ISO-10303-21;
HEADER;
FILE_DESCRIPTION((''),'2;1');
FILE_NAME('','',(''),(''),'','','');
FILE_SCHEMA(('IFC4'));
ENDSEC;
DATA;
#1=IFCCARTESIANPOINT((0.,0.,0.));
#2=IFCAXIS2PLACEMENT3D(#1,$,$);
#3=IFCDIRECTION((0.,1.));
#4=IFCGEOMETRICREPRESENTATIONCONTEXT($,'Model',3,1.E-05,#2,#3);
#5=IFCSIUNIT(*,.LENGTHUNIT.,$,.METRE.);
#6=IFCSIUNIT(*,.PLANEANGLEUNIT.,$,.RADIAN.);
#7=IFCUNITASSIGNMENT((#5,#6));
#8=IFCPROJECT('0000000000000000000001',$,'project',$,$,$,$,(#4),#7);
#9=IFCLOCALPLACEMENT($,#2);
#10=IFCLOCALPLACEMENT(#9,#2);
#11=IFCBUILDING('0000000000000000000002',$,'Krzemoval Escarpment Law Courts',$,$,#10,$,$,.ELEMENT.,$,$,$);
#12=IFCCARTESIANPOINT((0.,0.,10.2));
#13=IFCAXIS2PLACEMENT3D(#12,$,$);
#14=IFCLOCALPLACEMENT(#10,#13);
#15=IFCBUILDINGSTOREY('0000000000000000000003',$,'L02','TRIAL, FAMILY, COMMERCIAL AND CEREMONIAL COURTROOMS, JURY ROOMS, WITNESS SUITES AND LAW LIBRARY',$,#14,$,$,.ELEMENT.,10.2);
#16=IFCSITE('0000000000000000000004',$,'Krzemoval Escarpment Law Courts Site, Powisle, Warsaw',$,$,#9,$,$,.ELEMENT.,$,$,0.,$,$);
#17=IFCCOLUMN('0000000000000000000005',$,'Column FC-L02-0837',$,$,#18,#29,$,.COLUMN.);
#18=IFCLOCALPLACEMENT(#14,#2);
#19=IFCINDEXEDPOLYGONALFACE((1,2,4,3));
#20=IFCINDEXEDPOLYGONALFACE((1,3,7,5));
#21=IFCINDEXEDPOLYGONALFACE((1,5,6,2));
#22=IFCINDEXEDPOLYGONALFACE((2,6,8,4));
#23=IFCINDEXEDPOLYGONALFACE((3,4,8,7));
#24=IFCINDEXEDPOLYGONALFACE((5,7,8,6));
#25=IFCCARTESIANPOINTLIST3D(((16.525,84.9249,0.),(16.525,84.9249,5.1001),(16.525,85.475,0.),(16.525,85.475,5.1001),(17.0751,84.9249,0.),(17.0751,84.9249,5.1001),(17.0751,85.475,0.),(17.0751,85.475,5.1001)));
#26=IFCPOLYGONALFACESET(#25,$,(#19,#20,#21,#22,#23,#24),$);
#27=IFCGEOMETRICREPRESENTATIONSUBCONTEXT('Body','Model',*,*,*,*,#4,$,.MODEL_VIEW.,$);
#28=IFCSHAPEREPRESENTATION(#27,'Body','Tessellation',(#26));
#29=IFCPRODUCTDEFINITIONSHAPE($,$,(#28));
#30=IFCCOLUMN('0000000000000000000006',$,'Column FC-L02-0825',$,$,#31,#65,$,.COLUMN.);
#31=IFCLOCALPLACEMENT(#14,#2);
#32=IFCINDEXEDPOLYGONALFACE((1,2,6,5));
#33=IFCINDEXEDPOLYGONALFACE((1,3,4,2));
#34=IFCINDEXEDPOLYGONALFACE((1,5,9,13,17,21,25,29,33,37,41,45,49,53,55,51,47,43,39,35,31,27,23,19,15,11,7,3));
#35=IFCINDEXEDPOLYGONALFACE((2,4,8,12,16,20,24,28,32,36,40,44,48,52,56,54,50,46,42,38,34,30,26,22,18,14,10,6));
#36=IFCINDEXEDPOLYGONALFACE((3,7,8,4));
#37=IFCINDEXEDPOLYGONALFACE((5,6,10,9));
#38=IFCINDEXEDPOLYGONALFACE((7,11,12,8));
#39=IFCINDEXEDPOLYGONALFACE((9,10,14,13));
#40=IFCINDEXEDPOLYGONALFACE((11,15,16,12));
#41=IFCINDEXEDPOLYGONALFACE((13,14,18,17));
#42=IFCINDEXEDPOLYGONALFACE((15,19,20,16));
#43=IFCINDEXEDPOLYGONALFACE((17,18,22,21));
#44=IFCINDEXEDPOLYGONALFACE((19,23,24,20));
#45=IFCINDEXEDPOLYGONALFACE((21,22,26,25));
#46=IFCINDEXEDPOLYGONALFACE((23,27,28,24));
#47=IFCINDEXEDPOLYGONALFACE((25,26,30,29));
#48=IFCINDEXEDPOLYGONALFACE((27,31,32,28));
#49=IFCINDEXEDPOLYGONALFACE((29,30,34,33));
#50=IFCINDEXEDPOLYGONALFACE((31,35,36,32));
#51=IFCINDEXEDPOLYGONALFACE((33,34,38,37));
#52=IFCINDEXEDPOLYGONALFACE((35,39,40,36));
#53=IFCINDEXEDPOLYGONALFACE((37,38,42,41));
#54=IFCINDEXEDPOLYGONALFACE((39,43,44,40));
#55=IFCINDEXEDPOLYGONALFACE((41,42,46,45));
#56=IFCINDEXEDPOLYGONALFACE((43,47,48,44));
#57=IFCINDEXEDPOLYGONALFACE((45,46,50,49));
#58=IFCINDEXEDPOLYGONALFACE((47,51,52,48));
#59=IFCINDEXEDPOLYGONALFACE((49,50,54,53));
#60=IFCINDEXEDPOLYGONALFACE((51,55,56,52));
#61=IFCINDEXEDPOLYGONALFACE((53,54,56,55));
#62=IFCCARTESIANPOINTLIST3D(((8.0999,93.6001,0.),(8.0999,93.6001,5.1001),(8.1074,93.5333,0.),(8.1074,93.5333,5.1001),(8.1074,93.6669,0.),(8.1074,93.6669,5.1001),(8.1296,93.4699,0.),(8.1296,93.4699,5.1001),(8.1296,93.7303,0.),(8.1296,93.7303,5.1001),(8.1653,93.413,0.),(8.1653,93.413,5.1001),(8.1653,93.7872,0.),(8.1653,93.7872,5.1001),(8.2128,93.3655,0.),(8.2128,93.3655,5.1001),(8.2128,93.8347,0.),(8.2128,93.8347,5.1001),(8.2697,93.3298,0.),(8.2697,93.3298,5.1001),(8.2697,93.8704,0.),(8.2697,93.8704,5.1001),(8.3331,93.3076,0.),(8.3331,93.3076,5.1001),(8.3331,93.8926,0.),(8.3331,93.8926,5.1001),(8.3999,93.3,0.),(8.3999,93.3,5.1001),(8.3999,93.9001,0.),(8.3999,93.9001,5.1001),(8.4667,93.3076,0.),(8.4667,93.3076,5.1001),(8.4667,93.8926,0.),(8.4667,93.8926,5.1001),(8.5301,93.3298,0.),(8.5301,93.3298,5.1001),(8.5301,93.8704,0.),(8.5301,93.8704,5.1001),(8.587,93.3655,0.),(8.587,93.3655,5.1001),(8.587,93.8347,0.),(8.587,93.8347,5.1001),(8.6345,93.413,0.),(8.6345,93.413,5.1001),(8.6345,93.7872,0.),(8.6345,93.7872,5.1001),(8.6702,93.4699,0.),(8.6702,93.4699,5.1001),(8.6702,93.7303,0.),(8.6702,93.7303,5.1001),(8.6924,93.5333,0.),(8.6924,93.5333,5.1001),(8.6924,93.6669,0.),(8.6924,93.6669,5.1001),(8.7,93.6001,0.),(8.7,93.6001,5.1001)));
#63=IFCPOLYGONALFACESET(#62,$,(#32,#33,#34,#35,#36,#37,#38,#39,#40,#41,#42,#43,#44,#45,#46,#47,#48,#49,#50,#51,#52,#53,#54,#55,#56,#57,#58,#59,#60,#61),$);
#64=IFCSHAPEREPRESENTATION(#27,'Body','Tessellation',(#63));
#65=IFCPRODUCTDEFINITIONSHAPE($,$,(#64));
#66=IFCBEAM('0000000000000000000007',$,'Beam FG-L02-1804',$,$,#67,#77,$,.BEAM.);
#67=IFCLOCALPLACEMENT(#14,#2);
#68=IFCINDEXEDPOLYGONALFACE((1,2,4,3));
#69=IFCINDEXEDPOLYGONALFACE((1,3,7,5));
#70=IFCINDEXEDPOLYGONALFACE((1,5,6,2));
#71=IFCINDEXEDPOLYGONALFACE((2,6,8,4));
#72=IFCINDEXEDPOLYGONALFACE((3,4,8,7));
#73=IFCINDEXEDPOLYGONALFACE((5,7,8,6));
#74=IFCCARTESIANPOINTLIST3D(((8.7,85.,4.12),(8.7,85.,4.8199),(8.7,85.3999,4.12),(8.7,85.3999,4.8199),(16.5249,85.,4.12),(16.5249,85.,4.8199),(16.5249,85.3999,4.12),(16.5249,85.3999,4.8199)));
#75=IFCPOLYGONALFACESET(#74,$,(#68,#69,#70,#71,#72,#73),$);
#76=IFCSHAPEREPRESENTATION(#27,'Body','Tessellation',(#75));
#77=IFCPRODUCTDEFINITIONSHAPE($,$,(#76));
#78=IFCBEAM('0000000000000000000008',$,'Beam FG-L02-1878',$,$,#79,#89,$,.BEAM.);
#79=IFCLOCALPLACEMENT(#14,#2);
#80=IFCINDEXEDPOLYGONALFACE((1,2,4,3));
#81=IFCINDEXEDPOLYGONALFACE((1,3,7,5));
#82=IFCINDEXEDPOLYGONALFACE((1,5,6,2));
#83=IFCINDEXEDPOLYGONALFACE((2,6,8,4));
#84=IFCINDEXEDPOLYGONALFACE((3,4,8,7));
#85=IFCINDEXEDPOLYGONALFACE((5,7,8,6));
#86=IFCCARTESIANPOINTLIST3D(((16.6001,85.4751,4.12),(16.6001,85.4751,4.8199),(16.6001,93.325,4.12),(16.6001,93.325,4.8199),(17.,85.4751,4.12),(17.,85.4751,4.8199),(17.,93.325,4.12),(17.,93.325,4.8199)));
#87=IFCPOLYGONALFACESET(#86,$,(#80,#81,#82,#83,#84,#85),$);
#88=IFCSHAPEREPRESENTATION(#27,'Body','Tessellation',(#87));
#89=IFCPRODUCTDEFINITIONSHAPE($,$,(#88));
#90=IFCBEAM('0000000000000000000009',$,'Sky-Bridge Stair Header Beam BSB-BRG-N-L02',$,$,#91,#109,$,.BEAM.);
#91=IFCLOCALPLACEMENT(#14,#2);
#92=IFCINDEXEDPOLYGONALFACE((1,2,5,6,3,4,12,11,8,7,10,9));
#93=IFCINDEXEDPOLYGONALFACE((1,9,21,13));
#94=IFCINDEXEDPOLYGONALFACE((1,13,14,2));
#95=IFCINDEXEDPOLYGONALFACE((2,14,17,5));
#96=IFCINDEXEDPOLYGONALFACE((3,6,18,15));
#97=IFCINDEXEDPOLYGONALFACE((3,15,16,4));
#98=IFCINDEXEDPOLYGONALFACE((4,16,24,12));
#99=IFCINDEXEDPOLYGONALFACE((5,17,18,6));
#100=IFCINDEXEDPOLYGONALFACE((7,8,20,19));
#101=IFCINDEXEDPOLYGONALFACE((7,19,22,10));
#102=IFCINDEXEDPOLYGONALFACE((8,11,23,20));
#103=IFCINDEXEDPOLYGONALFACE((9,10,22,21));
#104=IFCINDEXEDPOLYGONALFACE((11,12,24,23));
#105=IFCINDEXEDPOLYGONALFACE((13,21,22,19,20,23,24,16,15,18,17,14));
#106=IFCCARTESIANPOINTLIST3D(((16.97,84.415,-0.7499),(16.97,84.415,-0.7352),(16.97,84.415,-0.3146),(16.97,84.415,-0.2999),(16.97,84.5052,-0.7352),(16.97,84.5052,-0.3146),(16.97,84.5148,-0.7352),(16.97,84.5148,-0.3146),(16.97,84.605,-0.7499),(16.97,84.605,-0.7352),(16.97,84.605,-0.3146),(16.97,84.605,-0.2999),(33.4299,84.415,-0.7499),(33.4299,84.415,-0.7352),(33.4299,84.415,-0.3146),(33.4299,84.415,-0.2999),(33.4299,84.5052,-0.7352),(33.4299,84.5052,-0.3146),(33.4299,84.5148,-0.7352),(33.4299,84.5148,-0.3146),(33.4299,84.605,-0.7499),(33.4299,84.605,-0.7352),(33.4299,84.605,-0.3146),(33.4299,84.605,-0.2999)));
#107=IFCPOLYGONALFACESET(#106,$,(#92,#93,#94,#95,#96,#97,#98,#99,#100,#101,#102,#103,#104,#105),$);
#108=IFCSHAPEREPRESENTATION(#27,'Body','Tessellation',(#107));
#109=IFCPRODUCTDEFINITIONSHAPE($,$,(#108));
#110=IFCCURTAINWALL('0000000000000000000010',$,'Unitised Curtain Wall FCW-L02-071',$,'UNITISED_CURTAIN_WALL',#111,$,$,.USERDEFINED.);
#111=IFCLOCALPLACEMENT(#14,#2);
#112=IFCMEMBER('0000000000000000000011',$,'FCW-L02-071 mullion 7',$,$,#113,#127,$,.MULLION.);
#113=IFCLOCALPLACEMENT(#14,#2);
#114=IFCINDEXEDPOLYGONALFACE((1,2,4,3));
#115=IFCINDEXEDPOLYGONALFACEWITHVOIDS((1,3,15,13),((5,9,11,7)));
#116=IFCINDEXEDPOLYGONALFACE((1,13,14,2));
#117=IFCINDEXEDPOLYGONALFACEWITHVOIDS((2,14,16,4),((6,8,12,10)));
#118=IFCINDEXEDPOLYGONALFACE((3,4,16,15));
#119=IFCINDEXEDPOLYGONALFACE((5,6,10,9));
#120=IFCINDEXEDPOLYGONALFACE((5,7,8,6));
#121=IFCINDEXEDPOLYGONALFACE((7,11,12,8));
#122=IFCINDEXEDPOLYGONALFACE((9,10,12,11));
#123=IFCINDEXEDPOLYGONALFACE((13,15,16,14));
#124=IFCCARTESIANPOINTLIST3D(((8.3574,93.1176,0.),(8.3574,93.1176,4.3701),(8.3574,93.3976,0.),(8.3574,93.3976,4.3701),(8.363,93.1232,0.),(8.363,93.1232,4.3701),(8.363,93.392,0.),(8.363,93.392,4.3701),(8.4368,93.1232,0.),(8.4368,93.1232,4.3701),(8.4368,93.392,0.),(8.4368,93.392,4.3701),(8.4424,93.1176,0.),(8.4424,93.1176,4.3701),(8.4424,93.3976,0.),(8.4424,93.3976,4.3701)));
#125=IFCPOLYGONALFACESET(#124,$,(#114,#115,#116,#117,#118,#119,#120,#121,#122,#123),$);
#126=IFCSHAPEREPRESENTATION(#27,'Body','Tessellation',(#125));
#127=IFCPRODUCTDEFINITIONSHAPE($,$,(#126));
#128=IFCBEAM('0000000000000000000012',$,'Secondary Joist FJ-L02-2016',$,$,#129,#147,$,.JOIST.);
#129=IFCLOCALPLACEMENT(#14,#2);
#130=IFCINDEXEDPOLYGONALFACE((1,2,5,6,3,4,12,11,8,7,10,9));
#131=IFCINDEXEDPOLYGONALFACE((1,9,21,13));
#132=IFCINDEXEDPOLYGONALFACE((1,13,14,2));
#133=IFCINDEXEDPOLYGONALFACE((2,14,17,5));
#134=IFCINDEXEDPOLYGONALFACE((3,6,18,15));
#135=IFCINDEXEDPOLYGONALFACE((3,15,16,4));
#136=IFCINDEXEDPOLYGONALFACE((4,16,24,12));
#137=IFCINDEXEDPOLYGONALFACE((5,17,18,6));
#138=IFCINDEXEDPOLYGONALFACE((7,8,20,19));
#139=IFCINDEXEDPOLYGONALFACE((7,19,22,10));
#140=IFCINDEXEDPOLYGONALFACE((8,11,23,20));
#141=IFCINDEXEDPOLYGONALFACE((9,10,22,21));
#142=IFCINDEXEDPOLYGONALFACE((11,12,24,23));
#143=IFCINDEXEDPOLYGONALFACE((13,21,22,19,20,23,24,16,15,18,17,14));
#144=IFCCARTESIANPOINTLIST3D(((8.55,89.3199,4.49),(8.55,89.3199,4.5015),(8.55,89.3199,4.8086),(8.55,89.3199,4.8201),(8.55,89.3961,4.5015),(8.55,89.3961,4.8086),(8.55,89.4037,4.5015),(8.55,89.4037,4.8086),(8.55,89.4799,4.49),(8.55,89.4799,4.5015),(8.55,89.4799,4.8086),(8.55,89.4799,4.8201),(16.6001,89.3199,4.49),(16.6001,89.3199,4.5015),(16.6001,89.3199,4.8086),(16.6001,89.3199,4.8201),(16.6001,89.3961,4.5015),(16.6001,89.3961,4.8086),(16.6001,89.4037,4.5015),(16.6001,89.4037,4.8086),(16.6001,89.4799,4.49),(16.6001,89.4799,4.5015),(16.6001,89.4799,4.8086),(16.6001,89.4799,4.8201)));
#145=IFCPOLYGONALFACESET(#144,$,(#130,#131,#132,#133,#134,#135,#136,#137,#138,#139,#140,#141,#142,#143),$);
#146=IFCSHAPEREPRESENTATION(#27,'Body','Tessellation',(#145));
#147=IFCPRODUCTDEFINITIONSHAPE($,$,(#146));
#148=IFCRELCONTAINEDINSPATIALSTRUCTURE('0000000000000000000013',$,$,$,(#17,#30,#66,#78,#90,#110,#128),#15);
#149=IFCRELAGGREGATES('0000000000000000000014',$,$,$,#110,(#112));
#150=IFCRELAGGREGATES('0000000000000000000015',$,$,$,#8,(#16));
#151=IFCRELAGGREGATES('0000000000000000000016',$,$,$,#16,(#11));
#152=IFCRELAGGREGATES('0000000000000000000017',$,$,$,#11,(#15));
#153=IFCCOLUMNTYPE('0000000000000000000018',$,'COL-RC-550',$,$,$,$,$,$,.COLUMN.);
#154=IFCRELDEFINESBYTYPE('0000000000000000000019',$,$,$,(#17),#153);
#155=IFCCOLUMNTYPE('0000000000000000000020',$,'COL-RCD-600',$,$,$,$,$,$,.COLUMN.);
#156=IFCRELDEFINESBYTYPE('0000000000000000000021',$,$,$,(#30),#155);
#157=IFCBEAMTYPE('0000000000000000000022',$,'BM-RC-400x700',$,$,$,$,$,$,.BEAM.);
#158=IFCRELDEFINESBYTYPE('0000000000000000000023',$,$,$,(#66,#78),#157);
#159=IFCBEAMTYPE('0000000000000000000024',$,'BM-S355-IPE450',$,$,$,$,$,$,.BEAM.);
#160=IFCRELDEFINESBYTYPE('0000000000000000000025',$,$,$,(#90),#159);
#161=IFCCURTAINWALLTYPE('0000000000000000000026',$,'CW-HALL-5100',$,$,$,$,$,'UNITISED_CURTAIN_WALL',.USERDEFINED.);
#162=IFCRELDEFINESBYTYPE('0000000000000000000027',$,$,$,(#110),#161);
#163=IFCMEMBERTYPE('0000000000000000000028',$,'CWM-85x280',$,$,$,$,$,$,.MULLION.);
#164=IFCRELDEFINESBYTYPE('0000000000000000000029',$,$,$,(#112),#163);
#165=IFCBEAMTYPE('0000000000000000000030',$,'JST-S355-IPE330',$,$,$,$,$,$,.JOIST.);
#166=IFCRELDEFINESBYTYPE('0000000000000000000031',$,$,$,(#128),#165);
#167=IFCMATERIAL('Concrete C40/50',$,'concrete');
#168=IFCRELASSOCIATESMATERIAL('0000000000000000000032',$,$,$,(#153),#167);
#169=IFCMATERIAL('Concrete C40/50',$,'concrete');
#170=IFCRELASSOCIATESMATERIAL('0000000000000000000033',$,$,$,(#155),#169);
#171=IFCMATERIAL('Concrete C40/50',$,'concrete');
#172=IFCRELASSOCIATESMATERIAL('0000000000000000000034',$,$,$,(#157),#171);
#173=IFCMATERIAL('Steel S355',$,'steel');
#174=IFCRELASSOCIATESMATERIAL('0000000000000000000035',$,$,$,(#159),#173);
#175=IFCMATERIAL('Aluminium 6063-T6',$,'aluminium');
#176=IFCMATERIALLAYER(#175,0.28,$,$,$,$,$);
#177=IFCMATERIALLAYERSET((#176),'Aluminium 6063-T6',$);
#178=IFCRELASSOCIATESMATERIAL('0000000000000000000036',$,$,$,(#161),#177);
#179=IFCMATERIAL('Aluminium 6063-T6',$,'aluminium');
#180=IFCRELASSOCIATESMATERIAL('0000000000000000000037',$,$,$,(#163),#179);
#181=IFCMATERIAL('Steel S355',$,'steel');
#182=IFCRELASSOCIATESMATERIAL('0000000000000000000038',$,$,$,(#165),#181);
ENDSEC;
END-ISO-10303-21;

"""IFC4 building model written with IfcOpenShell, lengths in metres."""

from ifc_helpers import new_model, si_unit, direction, frame, origin, origin_2d, place, context, subcontext, project, spatial, rectangle, hollow_rectangle, circle, i_section, extrude, material, layer, layer_set, material_profile, profile_set, type_object, element, aggregate, save


model = new_model("IFC4")

# Units and contexts
model_context = context("Model", 3, precision=1e-05, world=origin(), true_north=direction((0.0, 1.0)))
body_context = subcontext(model_context, "Body", "Model", "MODEL_VIEW")
ifc_project = project(units=[si_unit("LENGTHUNIT", "METRE"), si_unit("PLANEANGLEUNIT", "RADIAN")], contexts=[model_context])

# Site, building, storey
site_placement = place(None, origin())
site = spatial("IfcSite", under=ifc_project, at=site_placement, Name="Krzemoval Escarpment Law Courts Site, Powisle, Warsaw", CompositionType="ELEMENT", RefElevation=0.0)
building_placement = place(site_placement, origin())
building = spatial("IfcBuilding", under=site, at=building_placement, Name="Krzemoval Escarpment Law Courts", CompositionType="ELEMENT")
storey_placement = place(building_placement, frame((0.0, 0.0, 10.2)))
storey = spatial("IfcBuildingStorey", under=building, at=storey_placement, Name="L02", Description="TRIAL, FAMILY, COMMERCIAL AND CEREMONIAL COURTROOMS, JURY ROOMS, WITNESS SUITES AND LAW LIBRARY", CompositionType="ELEMENT", Elevation=10.2)

# Columns
ifc_material_1 = material(Name="Concrete C40/50", Category="concrete")
ifc_material_profile_1 = material_profile(ifc_material_1, rectangle(XDim=0.55, YDim=0.55, at=origin_2d()), Name="RC 550x550")
ifc_profile_set_1 = profile_set([ifc_material_profile_1], Name="Concrete C40/50")
column_type_1 = type_object("IfcColumnType", Name="COL-RC-550", PredefinedType="COLUMN", material=ifc_profile_set_1)
column_1_placement = place(storey_placement, frame((16.8, 85.2, 0.0), z_axis=(0.0, 0.0, 1.0), x_axis=(1.0, 0.0, 0.0)))
element("IfcColumn", 1, at=column_1_placement, inside=storey, type_object=column_type_1, Name="Column FC-L02-0837", PredefinedType="COLUMN", context=body_context, shape_type="SweptSolid", body=[
    extrude(rectangle(XDim=0.55, YDim=0.55, at=origin_2d()), origin(), (0.0, 0.0, 1.0), 5.1001),
])
ifc_material_2 = material(Name="Concrete C40/50", Category="concrete")
ifc_material_profile_2 = material_profile(ifc_material_2, circle(Radius=0.3, at=origin_2d()), Name="RC D600")
ifc_profile_set_2 = profile_set([ifc_material_profile_2], Name="Concrete C40/50")
column_type_2 = type_object("IfcColumnType", Name="COL-RCD-600", PredefinedType="COLUMN", material=ifc_profile_set_2)
column_2_placement = place(storey_placement, frame((8.3999, 93.6001, 0.0), z_axis=(0.0, 0.0, 1.0), x_axis=(1.0, 0.0, 0.0)))
element("IfcColumn", 2, at=column_2_placement, inside=storey, type_object=column_type_2, Name="Column FC-L02-0825", PredefinedType="COLUMN", context=body_context, shape_type="SweptSolid", body=[
    extrude(circle(Radius=0.3, at=origin_2d()), origin(), (0.0, 0.0, 1.0), 5.1001),
])

# Beams
ifc_material_3 = material(Name="Concrete C40/50", Category="concrete")
ifc_material_profile_3 = material_profile(ifc_material_3, rectangle(XDim=0.3999, YDim=0.7, at=origin_2d()), Name="RCB 400x700")
ifc_profile_set_3 = profile_set([ifc_material_profile_3], Name="Concrete C40/50")
beam_type_1 = type_object("IfcBeamType", Name="BM-RC-400x700", PredefinedType="BEAM", material=ifc_profile_set_3)
beam_1_placement = place(storey_placement, frame((8.7, 85.2, 4.47), z_axis=(1.0, 0.0, 0.0), x_axis=(0.0, 1.0, 0.0)))
element("IfcBeam", 3, at=beam_1_placement, inside=storey, type_object=beam_type_1, Name="Beam FG-L02-1804", PredefinedType="BEAM", context=body_context, shape_type="SweptSolid", body=[
    extrude(rectangle(XDim=0.3999, YDim=0.7, at=origin_2d()), origin(), (0.0, 0.0, 1.0), 7.825),
])
beam_2_placement = place(storey_placement, frame((16.8, 85.4751, 4.47), z_axis=(0.0, 1.0, 0.0), x_axis=(-1.0, 0.0, 0.0)))
element("IfcBeam", 4, at=beam_2_placement, inside=storey, type_object=beam_type_1, Name="Beam FG-L02-1878", PredefinedType="BEAM", context=body_context, shape_type="SweptSolid", body=[
    extrude(rectangle(XDim=0.3999, YDim=0.7, at=origin_2d()), origin(), (0.0, 0.0, 1.0), 7.8499),
])
ifc_material_4 = material(Name="Steel S355", Category="steel")
ifc_material_profile_4 = material_profile(ifc_material_4, i_section(OverallWidth=0.1899, OverallDepth=0.45, WebThickness=0.0095, FlangeThickness=0.0146, at=origin_2d()), Name="IPE 450")
ifc_profile_set_4 = profile_set([ifc_material_profile_4], Name="Steel S355")
beam_type_2 = type_object("IfcBeamType", Name="BM-S355-IPE450", PredefinedType="BEAM", material=ifc_profile_set_4)
beam_3_placement = place(storey_placement, frame((16.97, 84.51, -0.5249), z_axis=(1.0, 0.0, 0.0), x_axis=(0.0, 1.0, 0.0)))
element("IfcBeam", 5, at=beam_3_placement, inside=storey, type_object=beam_type_2, Name="Sky-Bridge Stair Header Beam BSB-BRG-N-L02", PredefinedType="BEAM", context=body_context, shape_type="SweptSolid", body=[
    extrude(i_section(OverallWidth=0.1899, OverallDepth=0.45, WebThickness=0.0095, FlangeThickness=0.0146, at=origin_2d()), origin(), (0.0, 0.0, 1.0), 16.46),
])

# Curtain wall, member
ifc_material_5 = material(Name="Aluminium 6063-T6", Category="aluminium")
ifc_layer_1 = layer(ifc_material_5, 0.28)
ifc_layer_set_1 = layer_set([ifc_layer_1], Name="Aluminium 6063-T6")
curtain_wall_type = type_object("IfcCurtainWallType", Name="CW-HALL-5100", ElementType="UNITISED_CURTAIN_WALL", PredefinedType="USERDEFINED", material=ifc_layer_set_1)
curtain_wall_placement = place(storey_placement, origin())
curtain_wall = element("IfcCurtainWall", 6, at=curtain_wall_placement, inside=storey, type_object=curtain_wall_type, Name="Unitised Curtain Wall FCW-L02-071", ObjectType="UNITISED_CURTAIN_WALL", PredefinedType="USERDEFINED")
ifc_material_6 = material(Name="Aluminium 6063-T6", Category="aluminium")
ifc_material_profile_5 = material_profile(ifc_material_6, hollow_rectangle(XDim=0.085, YDim=0.28, WallThickness=0.0056, at=origin_2d()), Name="ALU M85x280")
ifc_profile_set_5 = profile_set([ifc_material_profile_5], Name="Aluminium 6063-T6")
member_type_1 = type_object("IfcMemberType", Name="CWM-85x280", PredefinedType="MULLION", material=ifc_profile_set_5)
member_1_placement = place(storey_placement, frame((8.3999, 93.2576, 0.0), z_axis=(0.0, 0.0, 1.0), x_axis=(-1.0, 0.0, 0.0)))
member_1 = element("IfcMember", 7, at=member_1_placement, type_object=member_type_1, Name="FCW-L02-071 mullion 7", PredefinedType="MULLION", context=body_context, shape_type="SweptSolid", body=[
    extrude(hollow_rectangle(XDim=0.085, YDim=0.28, WallThickness=0.0056, at=origin_2d()), origin(), (0.0, 0.0, 1.0), 4.3701),
])

# Beam
ifc_material_7 = material(Name="Steel S355", Category="steel")
ifc_material_profile_6 = material_profile(ifc_material_7, i_section(OverallWidth=0.1599, OverallDepth=0.3301, WebThickness=0.0076, FlangeThickness=0.0115, at=origin_2d()), Name="IPE 330")
ifc_profile_set_6 = profile_set([ifc_material_profile_6], Name="Steel S355")
beam_type_3 = type_object("IfcBeamType", Name="JST-S355-IPE330", PredefinedType="JOIST", material=ifc_profile_set_6)
beam_4_placement = place(storey_placement, frame((8.55, 89.3999, 4.655), z_axis=(1.0, 0.0, 0.0), x_axis=(0.0, 1.0, 0.0)))
element("IfcBeam", 8, at=beam_4_placement, inside=storey, type_object=beam_type_3, Name="Secondary Joist FJ-L02-2016", PredefinedType="JOIST", context=body_context, shape_type="SweptSolid", body=[
    extrude(i_section(OverallWidth=0.1599, OverallDepth=0.3301, WebThickness=0.0076, FlangeThickness=0.0115, at=origin_2d()), origin(), (0.0, 0.0, 1.0), 8.05),
])

aggregate(curtain_wall, [member_1])

save(model, "model.ifc")
